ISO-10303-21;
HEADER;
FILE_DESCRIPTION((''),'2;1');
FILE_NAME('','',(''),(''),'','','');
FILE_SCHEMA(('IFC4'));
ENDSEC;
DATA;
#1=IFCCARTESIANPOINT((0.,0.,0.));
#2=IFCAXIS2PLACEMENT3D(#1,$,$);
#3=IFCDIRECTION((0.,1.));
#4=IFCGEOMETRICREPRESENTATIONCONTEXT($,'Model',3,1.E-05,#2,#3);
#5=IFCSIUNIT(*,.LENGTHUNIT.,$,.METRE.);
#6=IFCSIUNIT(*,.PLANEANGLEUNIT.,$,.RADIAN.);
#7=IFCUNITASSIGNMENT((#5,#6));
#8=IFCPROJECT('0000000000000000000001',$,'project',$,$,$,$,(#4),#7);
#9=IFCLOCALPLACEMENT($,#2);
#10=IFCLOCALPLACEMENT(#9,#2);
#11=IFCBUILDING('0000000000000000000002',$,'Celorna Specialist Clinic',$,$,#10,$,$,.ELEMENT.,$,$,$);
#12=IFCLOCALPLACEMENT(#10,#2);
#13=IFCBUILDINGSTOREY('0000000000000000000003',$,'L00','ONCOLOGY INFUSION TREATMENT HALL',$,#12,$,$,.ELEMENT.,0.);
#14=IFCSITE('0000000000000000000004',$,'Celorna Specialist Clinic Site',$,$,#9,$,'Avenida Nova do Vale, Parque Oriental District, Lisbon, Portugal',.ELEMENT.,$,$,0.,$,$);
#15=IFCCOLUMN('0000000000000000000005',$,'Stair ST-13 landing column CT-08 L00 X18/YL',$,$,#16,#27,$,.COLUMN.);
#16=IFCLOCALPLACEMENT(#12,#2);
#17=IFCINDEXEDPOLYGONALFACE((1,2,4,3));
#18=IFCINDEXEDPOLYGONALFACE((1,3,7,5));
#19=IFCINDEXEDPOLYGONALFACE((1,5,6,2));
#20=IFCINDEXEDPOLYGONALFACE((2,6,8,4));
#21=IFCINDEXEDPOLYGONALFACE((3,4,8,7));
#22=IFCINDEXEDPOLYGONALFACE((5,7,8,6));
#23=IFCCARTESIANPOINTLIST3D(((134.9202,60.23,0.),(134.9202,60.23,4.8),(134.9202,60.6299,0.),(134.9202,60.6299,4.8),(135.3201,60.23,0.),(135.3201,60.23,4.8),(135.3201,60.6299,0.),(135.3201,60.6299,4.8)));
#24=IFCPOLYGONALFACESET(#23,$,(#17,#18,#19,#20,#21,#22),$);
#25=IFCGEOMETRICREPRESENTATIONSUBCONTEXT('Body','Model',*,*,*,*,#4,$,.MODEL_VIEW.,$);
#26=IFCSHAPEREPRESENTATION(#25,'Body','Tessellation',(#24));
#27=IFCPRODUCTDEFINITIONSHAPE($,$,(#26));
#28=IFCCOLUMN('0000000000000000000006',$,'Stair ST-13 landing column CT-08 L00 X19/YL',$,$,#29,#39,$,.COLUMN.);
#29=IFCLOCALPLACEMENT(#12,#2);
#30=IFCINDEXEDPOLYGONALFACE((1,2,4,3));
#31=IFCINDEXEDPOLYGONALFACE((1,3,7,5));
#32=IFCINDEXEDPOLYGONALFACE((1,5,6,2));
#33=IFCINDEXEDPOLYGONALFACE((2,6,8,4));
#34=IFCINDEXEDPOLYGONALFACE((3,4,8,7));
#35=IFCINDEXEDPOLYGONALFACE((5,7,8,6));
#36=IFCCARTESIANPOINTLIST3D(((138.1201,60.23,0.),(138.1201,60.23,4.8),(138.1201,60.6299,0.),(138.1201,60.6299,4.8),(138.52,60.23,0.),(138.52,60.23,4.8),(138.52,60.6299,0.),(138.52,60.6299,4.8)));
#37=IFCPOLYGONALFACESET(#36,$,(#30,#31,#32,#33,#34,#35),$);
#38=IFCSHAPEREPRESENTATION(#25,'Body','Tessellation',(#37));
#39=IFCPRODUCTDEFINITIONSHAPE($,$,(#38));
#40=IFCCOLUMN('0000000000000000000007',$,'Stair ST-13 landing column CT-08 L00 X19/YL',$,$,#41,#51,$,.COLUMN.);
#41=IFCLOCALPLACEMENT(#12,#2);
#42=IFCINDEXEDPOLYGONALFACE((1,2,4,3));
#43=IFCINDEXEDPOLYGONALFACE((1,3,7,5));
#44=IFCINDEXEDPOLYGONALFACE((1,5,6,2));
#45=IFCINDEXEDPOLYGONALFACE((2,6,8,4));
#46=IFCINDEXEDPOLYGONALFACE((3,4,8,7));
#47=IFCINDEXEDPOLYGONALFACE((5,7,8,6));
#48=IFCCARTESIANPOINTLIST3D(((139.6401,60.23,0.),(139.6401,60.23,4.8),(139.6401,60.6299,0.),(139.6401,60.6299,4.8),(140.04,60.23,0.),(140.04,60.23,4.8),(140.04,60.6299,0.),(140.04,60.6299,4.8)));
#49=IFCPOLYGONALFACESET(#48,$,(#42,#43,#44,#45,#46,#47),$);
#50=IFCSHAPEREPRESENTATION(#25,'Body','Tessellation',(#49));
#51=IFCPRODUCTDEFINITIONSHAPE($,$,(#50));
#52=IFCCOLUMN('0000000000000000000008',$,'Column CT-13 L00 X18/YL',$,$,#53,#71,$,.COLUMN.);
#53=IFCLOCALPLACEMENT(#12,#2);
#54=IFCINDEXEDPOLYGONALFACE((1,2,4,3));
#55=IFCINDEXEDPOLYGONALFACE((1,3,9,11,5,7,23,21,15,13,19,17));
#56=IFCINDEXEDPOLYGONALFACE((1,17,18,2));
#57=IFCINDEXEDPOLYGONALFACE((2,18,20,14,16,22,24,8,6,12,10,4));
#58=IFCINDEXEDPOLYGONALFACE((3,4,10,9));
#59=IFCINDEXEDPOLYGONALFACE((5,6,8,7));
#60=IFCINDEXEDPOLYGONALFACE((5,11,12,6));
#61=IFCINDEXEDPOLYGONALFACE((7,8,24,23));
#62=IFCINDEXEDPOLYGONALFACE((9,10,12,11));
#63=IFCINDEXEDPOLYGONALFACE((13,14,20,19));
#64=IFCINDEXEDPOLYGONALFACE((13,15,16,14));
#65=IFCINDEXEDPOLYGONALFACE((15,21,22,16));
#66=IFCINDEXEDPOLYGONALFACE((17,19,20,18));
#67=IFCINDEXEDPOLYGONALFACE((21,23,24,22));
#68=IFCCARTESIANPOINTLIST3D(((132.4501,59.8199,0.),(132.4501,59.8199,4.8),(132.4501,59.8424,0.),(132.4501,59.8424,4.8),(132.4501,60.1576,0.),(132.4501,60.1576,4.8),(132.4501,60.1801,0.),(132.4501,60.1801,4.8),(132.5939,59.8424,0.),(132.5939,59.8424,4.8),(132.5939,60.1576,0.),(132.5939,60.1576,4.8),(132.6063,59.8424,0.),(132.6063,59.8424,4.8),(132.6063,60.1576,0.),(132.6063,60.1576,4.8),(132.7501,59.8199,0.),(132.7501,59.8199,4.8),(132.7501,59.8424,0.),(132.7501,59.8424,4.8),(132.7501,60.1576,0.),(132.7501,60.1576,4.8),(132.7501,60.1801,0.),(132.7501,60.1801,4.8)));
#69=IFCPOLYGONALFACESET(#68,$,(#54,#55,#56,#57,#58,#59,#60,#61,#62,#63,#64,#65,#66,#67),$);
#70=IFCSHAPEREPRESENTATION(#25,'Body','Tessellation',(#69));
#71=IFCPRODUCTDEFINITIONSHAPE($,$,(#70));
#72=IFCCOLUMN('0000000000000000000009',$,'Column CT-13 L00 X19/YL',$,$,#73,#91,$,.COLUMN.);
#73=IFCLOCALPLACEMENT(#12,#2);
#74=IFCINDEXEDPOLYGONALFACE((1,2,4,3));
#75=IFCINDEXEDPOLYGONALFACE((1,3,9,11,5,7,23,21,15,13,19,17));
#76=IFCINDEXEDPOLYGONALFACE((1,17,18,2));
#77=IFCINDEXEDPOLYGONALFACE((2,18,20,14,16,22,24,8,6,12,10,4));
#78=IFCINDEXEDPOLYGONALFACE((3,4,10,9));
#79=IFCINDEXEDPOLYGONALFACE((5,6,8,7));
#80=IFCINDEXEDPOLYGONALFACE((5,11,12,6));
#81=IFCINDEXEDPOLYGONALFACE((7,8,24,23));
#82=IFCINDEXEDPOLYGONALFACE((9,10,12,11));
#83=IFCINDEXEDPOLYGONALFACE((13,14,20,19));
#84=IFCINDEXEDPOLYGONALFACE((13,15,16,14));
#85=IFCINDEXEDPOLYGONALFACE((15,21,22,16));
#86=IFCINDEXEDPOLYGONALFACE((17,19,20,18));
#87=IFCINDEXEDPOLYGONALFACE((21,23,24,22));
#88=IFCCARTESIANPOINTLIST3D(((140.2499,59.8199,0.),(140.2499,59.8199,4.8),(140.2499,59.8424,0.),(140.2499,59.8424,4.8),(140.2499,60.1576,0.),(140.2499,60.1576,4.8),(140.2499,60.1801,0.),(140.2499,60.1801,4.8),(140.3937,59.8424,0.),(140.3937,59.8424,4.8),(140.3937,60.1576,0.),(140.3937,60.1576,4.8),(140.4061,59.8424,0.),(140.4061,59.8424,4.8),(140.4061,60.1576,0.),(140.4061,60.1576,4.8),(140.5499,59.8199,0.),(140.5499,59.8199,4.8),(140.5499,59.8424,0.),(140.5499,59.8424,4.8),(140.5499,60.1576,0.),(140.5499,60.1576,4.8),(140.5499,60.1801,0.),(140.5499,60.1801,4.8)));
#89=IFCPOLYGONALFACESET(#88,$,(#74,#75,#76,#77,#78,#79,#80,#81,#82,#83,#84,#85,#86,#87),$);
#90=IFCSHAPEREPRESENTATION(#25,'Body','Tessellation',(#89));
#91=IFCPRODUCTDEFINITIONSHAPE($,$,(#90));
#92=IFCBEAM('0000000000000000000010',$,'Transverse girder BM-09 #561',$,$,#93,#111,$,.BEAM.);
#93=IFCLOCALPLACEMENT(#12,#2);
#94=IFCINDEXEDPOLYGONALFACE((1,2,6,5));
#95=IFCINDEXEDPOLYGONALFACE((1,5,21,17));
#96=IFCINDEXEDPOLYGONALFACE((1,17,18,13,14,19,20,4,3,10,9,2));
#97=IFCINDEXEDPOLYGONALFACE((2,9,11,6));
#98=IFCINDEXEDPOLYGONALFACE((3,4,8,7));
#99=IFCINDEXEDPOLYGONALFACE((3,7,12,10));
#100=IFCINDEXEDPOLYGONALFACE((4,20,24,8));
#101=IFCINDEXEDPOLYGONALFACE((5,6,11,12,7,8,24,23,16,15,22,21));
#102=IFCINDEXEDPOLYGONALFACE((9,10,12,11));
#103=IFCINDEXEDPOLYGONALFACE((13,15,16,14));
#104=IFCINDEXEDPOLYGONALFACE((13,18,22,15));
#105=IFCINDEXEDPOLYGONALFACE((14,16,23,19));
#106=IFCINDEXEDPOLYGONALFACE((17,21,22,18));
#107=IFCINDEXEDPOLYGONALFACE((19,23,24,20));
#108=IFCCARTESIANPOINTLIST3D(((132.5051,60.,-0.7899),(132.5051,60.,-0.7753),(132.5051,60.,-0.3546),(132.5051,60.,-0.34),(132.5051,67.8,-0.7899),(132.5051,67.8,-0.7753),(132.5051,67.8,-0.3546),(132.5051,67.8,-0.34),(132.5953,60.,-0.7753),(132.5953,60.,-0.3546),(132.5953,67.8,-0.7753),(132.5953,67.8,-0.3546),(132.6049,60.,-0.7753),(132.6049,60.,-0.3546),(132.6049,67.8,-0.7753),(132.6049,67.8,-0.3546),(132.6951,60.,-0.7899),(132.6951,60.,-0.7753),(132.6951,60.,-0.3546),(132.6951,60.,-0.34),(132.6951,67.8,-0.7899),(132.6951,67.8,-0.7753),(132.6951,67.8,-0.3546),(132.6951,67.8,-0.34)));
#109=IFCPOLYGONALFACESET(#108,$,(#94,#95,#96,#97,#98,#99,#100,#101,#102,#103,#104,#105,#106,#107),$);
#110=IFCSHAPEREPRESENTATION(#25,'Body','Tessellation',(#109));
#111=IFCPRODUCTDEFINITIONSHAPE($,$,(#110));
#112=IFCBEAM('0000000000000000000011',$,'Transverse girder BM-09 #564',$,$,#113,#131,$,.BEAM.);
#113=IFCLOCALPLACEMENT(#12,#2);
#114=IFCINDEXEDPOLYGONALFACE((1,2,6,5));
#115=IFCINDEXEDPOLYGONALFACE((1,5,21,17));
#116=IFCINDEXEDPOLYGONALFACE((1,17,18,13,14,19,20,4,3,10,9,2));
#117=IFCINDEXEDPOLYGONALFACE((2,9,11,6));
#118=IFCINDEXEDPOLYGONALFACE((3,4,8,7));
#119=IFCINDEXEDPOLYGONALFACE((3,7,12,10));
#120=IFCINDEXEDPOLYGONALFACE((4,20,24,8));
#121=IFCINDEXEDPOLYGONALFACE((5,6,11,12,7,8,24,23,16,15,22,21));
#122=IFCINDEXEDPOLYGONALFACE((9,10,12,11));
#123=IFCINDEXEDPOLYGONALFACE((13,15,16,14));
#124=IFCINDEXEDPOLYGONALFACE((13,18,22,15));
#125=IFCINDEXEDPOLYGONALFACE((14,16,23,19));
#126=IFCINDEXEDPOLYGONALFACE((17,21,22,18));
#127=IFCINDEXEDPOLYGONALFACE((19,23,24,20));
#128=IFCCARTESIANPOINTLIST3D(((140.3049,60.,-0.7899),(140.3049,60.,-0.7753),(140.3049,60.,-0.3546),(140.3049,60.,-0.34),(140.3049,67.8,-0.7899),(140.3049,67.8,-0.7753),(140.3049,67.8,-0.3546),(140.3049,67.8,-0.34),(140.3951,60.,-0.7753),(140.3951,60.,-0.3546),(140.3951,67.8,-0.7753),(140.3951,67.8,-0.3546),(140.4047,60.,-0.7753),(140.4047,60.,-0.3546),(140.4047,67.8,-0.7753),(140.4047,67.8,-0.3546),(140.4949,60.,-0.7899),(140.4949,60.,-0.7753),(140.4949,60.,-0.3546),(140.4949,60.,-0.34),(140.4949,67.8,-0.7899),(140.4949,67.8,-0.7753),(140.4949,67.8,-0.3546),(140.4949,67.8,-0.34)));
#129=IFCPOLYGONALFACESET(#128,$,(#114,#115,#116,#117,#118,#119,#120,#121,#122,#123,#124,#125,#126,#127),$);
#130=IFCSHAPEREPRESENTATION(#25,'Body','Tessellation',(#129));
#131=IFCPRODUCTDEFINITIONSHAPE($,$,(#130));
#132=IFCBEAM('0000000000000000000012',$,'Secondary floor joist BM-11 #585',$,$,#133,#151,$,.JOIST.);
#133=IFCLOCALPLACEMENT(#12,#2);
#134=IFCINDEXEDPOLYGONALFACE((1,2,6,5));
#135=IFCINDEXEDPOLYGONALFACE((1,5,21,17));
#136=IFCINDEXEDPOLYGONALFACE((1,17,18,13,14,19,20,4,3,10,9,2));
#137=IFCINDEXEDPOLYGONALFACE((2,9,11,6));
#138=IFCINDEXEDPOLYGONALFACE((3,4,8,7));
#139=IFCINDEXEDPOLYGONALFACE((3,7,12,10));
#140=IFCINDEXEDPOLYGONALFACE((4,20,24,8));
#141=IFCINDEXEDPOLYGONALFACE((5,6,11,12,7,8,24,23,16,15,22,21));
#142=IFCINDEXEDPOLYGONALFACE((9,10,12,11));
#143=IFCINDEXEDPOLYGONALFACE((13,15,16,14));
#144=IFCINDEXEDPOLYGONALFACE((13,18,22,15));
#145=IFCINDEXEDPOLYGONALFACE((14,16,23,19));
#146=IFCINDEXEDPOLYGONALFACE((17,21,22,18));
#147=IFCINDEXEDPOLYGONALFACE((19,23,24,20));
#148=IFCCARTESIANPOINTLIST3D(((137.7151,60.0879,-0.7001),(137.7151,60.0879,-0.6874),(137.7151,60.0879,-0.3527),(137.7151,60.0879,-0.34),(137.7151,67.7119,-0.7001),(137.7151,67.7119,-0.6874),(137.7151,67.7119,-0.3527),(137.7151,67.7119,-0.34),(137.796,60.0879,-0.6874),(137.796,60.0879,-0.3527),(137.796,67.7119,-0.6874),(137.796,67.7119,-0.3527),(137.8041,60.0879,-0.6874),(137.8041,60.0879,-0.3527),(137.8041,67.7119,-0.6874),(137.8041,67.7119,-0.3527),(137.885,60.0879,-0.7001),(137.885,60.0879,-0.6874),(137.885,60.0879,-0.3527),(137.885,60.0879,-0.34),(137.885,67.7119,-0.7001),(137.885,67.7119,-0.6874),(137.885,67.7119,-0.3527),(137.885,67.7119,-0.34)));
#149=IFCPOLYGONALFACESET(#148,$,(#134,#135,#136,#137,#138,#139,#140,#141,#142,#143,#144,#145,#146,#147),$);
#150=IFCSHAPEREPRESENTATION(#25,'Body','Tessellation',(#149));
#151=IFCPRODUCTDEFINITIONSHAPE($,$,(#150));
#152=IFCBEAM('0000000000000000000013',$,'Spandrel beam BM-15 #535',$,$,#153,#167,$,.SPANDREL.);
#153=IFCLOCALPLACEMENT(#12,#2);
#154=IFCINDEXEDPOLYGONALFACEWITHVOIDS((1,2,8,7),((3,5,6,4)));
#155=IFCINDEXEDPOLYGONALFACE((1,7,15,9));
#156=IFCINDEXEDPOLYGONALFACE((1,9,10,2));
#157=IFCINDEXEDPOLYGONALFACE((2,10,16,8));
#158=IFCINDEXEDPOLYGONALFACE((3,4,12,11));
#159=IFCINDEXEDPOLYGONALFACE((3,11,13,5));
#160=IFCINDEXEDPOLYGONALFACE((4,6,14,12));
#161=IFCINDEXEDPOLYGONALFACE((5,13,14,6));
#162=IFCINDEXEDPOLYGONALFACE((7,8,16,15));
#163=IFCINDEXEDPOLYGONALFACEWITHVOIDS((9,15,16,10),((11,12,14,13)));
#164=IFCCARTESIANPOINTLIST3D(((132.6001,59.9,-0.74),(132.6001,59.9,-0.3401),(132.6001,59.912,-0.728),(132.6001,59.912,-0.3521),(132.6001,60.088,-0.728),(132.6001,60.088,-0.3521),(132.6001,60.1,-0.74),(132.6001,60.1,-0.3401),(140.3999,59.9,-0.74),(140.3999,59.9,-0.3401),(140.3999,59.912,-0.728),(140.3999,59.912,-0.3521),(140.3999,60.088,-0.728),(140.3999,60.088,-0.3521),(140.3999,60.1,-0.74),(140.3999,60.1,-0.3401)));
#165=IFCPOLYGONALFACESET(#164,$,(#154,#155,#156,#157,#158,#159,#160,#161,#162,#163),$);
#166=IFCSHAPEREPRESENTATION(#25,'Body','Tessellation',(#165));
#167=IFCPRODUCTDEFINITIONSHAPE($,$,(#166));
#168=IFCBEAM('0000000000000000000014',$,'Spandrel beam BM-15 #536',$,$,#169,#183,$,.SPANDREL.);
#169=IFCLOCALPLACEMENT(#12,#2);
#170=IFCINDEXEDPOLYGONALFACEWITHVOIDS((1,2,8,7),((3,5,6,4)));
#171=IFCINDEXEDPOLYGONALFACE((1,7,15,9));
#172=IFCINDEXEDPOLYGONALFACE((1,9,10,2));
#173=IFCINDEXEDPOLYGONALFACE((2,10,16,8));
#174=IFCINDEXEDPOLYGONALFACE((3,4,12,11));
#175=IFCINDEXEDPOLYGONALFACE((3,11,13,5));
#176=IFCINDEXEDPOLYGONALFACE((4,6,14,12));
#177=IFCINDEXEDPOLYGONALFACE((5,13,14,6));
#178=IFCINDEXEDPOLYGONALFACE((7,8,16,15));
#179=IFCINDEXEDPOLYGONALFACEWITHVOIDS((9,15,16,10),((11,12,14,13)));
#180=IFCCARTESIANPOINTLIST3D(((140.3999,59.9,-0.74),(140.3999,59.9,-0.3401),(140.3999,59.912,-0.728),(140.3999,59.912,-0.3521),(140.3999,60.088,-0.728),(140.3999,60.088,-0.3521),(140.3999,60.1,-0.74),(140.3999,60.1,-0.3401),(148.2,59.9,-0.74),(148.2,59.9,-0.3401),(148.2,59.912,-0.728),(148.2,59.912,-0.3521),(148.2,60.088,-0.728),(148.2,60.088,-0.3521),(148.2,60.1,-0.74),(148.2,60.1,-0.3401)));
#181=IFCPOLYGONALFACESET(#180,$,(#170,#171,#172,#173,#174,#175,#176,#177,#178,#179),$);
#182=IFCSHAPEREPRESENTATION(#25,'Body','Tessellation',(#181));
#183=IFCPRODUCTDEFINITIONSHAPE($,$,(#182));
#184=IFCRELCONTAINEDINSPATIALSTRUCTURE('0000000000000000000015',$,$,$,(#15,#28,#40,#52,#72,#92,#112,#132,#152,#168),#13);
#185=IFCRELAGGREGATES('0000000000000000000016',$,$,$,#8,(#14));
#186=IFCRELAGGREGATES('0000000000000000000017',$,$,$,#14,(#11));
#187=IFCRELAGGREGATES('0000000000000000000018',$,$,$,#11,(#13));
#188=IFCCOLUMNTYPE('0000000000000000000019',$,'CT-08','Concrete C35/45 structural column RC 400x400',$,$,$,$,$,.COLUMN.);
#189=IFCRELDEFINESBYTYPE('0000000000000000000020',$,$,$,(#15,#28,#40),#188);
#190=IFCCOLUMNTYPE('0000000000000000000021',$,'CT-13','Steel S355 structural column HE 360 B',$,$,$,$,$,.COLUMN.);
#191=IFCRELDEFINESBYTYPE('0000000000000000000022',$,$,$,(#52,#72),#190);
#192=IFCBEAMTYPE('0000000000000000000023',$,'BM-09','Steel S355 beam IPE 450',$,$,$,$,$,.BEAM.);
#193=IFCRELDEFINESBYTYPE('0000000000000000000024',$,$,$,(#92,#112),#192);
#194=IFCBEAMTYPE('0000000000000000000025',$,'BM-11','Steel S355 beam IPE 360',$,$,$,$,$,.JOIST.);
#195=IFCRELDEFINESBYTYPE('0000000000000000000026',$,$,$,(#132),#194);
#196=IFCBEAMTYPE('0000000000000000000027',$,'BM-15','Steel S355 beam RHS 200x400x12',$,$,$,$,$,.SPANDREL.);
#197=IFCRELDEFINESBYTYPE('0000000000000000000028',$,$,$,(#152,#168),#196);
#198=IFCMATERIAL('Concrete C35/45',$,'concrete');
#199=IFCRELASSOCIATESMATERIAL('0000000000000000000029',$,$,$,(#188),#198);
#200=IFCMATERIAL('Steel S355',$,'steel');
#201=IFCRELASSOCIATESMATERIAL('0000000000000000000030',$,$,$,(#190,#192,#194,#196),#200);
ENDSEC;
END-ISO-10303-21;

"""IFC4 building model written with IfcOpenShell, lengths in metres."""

from ifc_helpers import new_model, si_unit, direction, frame, origin, origin_2d, place, context, subcontext, project, spatial, rectangle, hollow_rectangle, i_section, extrude, material, material_profile, profile_set, type_object, element, save


model = new_model("IFC4")

# Units and contexts
model_context = context("Model", 3, precision=1e-05, world=origin(), true_north=direction((0.0, 1.0)))
body_context = subcontext(model_context, "Body", "Model", "MODEL_VIEW")
ifc_project = project(units=[si_unit("LENGTHUNIT", "METRE"), si_unit("PLANEANGLEUNIT", "RADIAN")], contexts=[model_context])

# Site, building, storey
site_placement = place(None, origin())
site = spatial("IfcSite", under=ifc_project, at=site_placement, Name="Celorna Specialist Clinic Site", LongName="Avenida Nova do Vale, Parque Oriental District, Lisbon, Portugal", CompositionType="ELEMENT", RefElevation=0.0)
building_placement = place(site_placement, origin())
building = spatial("IfcBuilding", under=site, at=building_placement, Name="Celorna Specialist Clinic", CompositionType="ELEMENT")
storey_placement = place(building_placement, origin())
storey = spatial("IfcBuildingStorey", under=building, at=storey_placement, Name="L00", Description="ONCOLOGY INFUSION TREATMENT HALL", CompositionType="ELEMENT", Elevation=0.0)

# Columns
ifc_material_1 = material(Name="Concrete C35/45", Category="concrete")
ifc_material_profile_1 = material_profile(ifc_material_1, rectangle(XDim=0.3999, YDim=0.3999, at=origin_2d()), Name="RC 400x400")
ifc_profile_set_1 = profile_set([ifc_material_profile_1], Name="Concrete C35/45")
column_type_1 = type_object("IfcColumnType", Name="CT-08", Description="Concrete C35/45 structural column RC 400x400", PredefinedType="COLUMN", material=ifc_profile_set_1)
for number, where, z_axis, x_axis, name in (
    (1, (135.1201, 60.4299, 0.0), (0.0, 0.0, 1.0), (1.0, 0.0, 0.0), "Stair ST-13 landing column CT-08 L00 X18/YL"),
    (2, (138.3201, 60.4299, 0.0), (0.0, 0.0, 1.0), (1.0, 0.0, 0.0), "Stair ST-13 landing column CT-08 L00 X19/YL"),
    (3, (139.8401, 60.4299, 0.0), (0.0, 0.0, 1.0), (1.0, 0.0, 0.0), "Stair ST-13 landing column CT-08 L00 X19/YL"),
):
    element("IfcColumn", number, at=place(storey_placement, frame(where, z_axis=z_axis, x_axis=x_axis)), inside=storey, type_object=column_type_1, Name=name, PredefinedType="COLUMN", context=body_context, shape_type="SweptSolid", body=[
        extrude(rectangle(XDim=0.3999, YDim=0.3999, at=origin_2d()), origin(), (0.0, 0.0, 1.0), 4.8),
    ])
ifc_material_2 = material(Name="Steel S355", Category="steel")
ifc_material_profile_2 = material_profile(ifc_material_2, i_section(OverallWidth=0.3, OverallDepth=0.3601, WebThickness=0.0125, FlangeThickness=0.0225, at=origin_2d()), Name="HE 360 B")
ifc_profile_set_2 = profile_set([ifc_material_profile_2], Name="Steel S355")
column_type_2 = type_object("IfcColumnType", Name="CT-13", Description="Steel S355 structural column HE 360 B", PredefinedType="COLUMN", material=ifc_profile_set_2)
for number, where, z_axis, x_axis, name in (
    (4, (132.6001, 60.0, 0.0), (0.0, 0.0, 1.0), (1.0, 0.0, 0.0), "Column CT-13 L00 X18/YL"),
    (5, (140.3999, 60.0, 0.0), (0.0, 0.0, 1.0), (1.0, 0.0, 0.0), "Column CT-13 L00 X19/YL"),
):
    element("IfcColumn", number, at=place(storey_placement, frame(where, z_axis=z_axis, x_axis=x_axis)), inside=storey, type_object=column_type_2, Name=name, PredefinedType="COLUMN", context=body_context, shape_type="SweptSolid", body=[
        extrude(i_section(OverallWidth=0.3, OverallDepth=0.3601, WebThickness=0.0125, FlangeThickness=0.0225, at=origin_2d()), origin(), (0.0, 0.0, 1.0), 4.8),
    ])

# Beams
ifc_material_profile_3 = material_profile(ifc_material_2, i_section(OverallWidth=0.1899, OverallDepth=0.45, WebThickness=0.0095, FlangeThickness=0.0146, at=origin_2d()), Name="IPE 450")
ifc_profile_set_3 = profile_set([ifc_material_profile_3], Name="Steel S355")
beam_type_1 = type_object("IfcBeamType", Name="BM-09", Description="Steel S355 beam IPE 450", PredefinedType="BEAM", material=ifc_profile_set_3)
for number, where, z_axis, x_axis, name in (
    (6, (132.6001, 60.0, -0.5649), (0.0, 1.0, 0.0), (-1.0, 0.0, 0.0), "Transverse girder BM-09 #561"),
    (7, (140.3999, 60.0, -0.5649), (0.0, 1.0, 0.0), (-1.0, 0.0, 0.0), "Transverse girder BM-09 #564"),
):
    element("IfcBeam", number, at=place(storey_placement, frame(where, z_axis=z_axis, x_axis=x_axis)), inside=storey, type_object=beam_type_1, Name=name, PredefinedType="BEAM", context=body_context, shape_type="SweptSolid", body=[
        extrude(i_section(OverallWidth=0.1899, OverallDepth=0.45, WebThickness=0.0095, FlangeThickness=0.0146, at=origin_2d()), origin(), (0.0, 0.0, 1.0), 7.8),
    ])
ifc_material_profile_4 = material_profile(ifc_material_2, i_section(OverallWidth=0.1699, OverallDepth=0.3601, WebThickness=0.0081, FlangeThickness=0.0127, at=origin_2d()), Name="IPE 360")
ifc_profile_set_4 = profile_set([ifc_material_profile_4], Name="Steel S355")
beam_type_2 = type_object("IfcBeamType", Name="BM-11", Description="Steel S355 beam IPE 360", PredefinedType="JOIST", material=ifc_profile_set_4)
beam_1_placement = place(storey_placement, frame((137.8, 60.0879, -0.52), z_axis=(0.0, 1.0, 0.0), x_axis=(-1.0, 0.0, 0.0)))
element("IfcBeam", 8, at=beam_1_placement, inside=storey, type_object=beam_type_2, Name="Secondary floor joist BM-11 #585", PredefinedType="JOIST", context=body_context, shape_type="SweptSolid", body=[
    extrude(i_section(OverallWidth=0.1699, OverallDepth=0.3601, WebThickness=0.0081, FlangeThickness=0.0127, at=origin_2d()), origin(), (0.0, 0.0, 1.0), 7.624),
])
ifc_material_profile_5 = material_profile(ifc_material_2, hollow_rectangle(XDim=0.2, YDim=0.3999, WallThickness=0.012, at=origin_2d()), Name="RHS 200x400x12")
ifc_profile_set_5 = profile_set([ifc_material_profile_5], Name="Steel S355")
beam_type_3 = type_object("IfcBeamType", Name="BM-15", Description="Steel S355 beam RHS 200x400x12", PredefinedType="SPANDREL", material=ifc_profile_set_5)
beam_2_placement = place(storey_placement, frame((132.6001, 60.0, -0.54), z_axis=(1.0, 0.0, 0.0), x_axis=(0.0, 1.0, 0.0)))
element("IfcBeam", 9, at=beam_2_placement, inside=storey, type_object=beam_type_3, Name="Spandrel beam BM-15 #535", PredefinedType="SPANDREL", context=body_context, shape_type="SweptSolid", body=[
    extrude(hollow_rectangle(XDim=0.2, YDim=0.3999, WallThickness=0.012, at=origin_2d()), origin(), (0.0, 0.0, 1.0), 7.7998),
])
beam_3_placement = place(storey_placement, frame((140.3999, 60.0, -0.54), z_axis=(1.0, 0.0, 0.0), x_axis=(0.0, 1.0, 0.0)))
element("IfcBeam", 10, at=beam_3_placement, inside=storey, type_object=beam_type_3, Name="Spandrel beam BM-15 #536", PredefinedType="SPANDREL", context=body_context, shape_type="SweptSolid", body=[
    extrude(hollow_rectangle(XDim=0.2, YDim=0.3999, WallThickness=0.012, at=origin_2d()), origin(), (0.0, 0.0, 1.0), 7.8),
])

save(model, "model.ifc")
